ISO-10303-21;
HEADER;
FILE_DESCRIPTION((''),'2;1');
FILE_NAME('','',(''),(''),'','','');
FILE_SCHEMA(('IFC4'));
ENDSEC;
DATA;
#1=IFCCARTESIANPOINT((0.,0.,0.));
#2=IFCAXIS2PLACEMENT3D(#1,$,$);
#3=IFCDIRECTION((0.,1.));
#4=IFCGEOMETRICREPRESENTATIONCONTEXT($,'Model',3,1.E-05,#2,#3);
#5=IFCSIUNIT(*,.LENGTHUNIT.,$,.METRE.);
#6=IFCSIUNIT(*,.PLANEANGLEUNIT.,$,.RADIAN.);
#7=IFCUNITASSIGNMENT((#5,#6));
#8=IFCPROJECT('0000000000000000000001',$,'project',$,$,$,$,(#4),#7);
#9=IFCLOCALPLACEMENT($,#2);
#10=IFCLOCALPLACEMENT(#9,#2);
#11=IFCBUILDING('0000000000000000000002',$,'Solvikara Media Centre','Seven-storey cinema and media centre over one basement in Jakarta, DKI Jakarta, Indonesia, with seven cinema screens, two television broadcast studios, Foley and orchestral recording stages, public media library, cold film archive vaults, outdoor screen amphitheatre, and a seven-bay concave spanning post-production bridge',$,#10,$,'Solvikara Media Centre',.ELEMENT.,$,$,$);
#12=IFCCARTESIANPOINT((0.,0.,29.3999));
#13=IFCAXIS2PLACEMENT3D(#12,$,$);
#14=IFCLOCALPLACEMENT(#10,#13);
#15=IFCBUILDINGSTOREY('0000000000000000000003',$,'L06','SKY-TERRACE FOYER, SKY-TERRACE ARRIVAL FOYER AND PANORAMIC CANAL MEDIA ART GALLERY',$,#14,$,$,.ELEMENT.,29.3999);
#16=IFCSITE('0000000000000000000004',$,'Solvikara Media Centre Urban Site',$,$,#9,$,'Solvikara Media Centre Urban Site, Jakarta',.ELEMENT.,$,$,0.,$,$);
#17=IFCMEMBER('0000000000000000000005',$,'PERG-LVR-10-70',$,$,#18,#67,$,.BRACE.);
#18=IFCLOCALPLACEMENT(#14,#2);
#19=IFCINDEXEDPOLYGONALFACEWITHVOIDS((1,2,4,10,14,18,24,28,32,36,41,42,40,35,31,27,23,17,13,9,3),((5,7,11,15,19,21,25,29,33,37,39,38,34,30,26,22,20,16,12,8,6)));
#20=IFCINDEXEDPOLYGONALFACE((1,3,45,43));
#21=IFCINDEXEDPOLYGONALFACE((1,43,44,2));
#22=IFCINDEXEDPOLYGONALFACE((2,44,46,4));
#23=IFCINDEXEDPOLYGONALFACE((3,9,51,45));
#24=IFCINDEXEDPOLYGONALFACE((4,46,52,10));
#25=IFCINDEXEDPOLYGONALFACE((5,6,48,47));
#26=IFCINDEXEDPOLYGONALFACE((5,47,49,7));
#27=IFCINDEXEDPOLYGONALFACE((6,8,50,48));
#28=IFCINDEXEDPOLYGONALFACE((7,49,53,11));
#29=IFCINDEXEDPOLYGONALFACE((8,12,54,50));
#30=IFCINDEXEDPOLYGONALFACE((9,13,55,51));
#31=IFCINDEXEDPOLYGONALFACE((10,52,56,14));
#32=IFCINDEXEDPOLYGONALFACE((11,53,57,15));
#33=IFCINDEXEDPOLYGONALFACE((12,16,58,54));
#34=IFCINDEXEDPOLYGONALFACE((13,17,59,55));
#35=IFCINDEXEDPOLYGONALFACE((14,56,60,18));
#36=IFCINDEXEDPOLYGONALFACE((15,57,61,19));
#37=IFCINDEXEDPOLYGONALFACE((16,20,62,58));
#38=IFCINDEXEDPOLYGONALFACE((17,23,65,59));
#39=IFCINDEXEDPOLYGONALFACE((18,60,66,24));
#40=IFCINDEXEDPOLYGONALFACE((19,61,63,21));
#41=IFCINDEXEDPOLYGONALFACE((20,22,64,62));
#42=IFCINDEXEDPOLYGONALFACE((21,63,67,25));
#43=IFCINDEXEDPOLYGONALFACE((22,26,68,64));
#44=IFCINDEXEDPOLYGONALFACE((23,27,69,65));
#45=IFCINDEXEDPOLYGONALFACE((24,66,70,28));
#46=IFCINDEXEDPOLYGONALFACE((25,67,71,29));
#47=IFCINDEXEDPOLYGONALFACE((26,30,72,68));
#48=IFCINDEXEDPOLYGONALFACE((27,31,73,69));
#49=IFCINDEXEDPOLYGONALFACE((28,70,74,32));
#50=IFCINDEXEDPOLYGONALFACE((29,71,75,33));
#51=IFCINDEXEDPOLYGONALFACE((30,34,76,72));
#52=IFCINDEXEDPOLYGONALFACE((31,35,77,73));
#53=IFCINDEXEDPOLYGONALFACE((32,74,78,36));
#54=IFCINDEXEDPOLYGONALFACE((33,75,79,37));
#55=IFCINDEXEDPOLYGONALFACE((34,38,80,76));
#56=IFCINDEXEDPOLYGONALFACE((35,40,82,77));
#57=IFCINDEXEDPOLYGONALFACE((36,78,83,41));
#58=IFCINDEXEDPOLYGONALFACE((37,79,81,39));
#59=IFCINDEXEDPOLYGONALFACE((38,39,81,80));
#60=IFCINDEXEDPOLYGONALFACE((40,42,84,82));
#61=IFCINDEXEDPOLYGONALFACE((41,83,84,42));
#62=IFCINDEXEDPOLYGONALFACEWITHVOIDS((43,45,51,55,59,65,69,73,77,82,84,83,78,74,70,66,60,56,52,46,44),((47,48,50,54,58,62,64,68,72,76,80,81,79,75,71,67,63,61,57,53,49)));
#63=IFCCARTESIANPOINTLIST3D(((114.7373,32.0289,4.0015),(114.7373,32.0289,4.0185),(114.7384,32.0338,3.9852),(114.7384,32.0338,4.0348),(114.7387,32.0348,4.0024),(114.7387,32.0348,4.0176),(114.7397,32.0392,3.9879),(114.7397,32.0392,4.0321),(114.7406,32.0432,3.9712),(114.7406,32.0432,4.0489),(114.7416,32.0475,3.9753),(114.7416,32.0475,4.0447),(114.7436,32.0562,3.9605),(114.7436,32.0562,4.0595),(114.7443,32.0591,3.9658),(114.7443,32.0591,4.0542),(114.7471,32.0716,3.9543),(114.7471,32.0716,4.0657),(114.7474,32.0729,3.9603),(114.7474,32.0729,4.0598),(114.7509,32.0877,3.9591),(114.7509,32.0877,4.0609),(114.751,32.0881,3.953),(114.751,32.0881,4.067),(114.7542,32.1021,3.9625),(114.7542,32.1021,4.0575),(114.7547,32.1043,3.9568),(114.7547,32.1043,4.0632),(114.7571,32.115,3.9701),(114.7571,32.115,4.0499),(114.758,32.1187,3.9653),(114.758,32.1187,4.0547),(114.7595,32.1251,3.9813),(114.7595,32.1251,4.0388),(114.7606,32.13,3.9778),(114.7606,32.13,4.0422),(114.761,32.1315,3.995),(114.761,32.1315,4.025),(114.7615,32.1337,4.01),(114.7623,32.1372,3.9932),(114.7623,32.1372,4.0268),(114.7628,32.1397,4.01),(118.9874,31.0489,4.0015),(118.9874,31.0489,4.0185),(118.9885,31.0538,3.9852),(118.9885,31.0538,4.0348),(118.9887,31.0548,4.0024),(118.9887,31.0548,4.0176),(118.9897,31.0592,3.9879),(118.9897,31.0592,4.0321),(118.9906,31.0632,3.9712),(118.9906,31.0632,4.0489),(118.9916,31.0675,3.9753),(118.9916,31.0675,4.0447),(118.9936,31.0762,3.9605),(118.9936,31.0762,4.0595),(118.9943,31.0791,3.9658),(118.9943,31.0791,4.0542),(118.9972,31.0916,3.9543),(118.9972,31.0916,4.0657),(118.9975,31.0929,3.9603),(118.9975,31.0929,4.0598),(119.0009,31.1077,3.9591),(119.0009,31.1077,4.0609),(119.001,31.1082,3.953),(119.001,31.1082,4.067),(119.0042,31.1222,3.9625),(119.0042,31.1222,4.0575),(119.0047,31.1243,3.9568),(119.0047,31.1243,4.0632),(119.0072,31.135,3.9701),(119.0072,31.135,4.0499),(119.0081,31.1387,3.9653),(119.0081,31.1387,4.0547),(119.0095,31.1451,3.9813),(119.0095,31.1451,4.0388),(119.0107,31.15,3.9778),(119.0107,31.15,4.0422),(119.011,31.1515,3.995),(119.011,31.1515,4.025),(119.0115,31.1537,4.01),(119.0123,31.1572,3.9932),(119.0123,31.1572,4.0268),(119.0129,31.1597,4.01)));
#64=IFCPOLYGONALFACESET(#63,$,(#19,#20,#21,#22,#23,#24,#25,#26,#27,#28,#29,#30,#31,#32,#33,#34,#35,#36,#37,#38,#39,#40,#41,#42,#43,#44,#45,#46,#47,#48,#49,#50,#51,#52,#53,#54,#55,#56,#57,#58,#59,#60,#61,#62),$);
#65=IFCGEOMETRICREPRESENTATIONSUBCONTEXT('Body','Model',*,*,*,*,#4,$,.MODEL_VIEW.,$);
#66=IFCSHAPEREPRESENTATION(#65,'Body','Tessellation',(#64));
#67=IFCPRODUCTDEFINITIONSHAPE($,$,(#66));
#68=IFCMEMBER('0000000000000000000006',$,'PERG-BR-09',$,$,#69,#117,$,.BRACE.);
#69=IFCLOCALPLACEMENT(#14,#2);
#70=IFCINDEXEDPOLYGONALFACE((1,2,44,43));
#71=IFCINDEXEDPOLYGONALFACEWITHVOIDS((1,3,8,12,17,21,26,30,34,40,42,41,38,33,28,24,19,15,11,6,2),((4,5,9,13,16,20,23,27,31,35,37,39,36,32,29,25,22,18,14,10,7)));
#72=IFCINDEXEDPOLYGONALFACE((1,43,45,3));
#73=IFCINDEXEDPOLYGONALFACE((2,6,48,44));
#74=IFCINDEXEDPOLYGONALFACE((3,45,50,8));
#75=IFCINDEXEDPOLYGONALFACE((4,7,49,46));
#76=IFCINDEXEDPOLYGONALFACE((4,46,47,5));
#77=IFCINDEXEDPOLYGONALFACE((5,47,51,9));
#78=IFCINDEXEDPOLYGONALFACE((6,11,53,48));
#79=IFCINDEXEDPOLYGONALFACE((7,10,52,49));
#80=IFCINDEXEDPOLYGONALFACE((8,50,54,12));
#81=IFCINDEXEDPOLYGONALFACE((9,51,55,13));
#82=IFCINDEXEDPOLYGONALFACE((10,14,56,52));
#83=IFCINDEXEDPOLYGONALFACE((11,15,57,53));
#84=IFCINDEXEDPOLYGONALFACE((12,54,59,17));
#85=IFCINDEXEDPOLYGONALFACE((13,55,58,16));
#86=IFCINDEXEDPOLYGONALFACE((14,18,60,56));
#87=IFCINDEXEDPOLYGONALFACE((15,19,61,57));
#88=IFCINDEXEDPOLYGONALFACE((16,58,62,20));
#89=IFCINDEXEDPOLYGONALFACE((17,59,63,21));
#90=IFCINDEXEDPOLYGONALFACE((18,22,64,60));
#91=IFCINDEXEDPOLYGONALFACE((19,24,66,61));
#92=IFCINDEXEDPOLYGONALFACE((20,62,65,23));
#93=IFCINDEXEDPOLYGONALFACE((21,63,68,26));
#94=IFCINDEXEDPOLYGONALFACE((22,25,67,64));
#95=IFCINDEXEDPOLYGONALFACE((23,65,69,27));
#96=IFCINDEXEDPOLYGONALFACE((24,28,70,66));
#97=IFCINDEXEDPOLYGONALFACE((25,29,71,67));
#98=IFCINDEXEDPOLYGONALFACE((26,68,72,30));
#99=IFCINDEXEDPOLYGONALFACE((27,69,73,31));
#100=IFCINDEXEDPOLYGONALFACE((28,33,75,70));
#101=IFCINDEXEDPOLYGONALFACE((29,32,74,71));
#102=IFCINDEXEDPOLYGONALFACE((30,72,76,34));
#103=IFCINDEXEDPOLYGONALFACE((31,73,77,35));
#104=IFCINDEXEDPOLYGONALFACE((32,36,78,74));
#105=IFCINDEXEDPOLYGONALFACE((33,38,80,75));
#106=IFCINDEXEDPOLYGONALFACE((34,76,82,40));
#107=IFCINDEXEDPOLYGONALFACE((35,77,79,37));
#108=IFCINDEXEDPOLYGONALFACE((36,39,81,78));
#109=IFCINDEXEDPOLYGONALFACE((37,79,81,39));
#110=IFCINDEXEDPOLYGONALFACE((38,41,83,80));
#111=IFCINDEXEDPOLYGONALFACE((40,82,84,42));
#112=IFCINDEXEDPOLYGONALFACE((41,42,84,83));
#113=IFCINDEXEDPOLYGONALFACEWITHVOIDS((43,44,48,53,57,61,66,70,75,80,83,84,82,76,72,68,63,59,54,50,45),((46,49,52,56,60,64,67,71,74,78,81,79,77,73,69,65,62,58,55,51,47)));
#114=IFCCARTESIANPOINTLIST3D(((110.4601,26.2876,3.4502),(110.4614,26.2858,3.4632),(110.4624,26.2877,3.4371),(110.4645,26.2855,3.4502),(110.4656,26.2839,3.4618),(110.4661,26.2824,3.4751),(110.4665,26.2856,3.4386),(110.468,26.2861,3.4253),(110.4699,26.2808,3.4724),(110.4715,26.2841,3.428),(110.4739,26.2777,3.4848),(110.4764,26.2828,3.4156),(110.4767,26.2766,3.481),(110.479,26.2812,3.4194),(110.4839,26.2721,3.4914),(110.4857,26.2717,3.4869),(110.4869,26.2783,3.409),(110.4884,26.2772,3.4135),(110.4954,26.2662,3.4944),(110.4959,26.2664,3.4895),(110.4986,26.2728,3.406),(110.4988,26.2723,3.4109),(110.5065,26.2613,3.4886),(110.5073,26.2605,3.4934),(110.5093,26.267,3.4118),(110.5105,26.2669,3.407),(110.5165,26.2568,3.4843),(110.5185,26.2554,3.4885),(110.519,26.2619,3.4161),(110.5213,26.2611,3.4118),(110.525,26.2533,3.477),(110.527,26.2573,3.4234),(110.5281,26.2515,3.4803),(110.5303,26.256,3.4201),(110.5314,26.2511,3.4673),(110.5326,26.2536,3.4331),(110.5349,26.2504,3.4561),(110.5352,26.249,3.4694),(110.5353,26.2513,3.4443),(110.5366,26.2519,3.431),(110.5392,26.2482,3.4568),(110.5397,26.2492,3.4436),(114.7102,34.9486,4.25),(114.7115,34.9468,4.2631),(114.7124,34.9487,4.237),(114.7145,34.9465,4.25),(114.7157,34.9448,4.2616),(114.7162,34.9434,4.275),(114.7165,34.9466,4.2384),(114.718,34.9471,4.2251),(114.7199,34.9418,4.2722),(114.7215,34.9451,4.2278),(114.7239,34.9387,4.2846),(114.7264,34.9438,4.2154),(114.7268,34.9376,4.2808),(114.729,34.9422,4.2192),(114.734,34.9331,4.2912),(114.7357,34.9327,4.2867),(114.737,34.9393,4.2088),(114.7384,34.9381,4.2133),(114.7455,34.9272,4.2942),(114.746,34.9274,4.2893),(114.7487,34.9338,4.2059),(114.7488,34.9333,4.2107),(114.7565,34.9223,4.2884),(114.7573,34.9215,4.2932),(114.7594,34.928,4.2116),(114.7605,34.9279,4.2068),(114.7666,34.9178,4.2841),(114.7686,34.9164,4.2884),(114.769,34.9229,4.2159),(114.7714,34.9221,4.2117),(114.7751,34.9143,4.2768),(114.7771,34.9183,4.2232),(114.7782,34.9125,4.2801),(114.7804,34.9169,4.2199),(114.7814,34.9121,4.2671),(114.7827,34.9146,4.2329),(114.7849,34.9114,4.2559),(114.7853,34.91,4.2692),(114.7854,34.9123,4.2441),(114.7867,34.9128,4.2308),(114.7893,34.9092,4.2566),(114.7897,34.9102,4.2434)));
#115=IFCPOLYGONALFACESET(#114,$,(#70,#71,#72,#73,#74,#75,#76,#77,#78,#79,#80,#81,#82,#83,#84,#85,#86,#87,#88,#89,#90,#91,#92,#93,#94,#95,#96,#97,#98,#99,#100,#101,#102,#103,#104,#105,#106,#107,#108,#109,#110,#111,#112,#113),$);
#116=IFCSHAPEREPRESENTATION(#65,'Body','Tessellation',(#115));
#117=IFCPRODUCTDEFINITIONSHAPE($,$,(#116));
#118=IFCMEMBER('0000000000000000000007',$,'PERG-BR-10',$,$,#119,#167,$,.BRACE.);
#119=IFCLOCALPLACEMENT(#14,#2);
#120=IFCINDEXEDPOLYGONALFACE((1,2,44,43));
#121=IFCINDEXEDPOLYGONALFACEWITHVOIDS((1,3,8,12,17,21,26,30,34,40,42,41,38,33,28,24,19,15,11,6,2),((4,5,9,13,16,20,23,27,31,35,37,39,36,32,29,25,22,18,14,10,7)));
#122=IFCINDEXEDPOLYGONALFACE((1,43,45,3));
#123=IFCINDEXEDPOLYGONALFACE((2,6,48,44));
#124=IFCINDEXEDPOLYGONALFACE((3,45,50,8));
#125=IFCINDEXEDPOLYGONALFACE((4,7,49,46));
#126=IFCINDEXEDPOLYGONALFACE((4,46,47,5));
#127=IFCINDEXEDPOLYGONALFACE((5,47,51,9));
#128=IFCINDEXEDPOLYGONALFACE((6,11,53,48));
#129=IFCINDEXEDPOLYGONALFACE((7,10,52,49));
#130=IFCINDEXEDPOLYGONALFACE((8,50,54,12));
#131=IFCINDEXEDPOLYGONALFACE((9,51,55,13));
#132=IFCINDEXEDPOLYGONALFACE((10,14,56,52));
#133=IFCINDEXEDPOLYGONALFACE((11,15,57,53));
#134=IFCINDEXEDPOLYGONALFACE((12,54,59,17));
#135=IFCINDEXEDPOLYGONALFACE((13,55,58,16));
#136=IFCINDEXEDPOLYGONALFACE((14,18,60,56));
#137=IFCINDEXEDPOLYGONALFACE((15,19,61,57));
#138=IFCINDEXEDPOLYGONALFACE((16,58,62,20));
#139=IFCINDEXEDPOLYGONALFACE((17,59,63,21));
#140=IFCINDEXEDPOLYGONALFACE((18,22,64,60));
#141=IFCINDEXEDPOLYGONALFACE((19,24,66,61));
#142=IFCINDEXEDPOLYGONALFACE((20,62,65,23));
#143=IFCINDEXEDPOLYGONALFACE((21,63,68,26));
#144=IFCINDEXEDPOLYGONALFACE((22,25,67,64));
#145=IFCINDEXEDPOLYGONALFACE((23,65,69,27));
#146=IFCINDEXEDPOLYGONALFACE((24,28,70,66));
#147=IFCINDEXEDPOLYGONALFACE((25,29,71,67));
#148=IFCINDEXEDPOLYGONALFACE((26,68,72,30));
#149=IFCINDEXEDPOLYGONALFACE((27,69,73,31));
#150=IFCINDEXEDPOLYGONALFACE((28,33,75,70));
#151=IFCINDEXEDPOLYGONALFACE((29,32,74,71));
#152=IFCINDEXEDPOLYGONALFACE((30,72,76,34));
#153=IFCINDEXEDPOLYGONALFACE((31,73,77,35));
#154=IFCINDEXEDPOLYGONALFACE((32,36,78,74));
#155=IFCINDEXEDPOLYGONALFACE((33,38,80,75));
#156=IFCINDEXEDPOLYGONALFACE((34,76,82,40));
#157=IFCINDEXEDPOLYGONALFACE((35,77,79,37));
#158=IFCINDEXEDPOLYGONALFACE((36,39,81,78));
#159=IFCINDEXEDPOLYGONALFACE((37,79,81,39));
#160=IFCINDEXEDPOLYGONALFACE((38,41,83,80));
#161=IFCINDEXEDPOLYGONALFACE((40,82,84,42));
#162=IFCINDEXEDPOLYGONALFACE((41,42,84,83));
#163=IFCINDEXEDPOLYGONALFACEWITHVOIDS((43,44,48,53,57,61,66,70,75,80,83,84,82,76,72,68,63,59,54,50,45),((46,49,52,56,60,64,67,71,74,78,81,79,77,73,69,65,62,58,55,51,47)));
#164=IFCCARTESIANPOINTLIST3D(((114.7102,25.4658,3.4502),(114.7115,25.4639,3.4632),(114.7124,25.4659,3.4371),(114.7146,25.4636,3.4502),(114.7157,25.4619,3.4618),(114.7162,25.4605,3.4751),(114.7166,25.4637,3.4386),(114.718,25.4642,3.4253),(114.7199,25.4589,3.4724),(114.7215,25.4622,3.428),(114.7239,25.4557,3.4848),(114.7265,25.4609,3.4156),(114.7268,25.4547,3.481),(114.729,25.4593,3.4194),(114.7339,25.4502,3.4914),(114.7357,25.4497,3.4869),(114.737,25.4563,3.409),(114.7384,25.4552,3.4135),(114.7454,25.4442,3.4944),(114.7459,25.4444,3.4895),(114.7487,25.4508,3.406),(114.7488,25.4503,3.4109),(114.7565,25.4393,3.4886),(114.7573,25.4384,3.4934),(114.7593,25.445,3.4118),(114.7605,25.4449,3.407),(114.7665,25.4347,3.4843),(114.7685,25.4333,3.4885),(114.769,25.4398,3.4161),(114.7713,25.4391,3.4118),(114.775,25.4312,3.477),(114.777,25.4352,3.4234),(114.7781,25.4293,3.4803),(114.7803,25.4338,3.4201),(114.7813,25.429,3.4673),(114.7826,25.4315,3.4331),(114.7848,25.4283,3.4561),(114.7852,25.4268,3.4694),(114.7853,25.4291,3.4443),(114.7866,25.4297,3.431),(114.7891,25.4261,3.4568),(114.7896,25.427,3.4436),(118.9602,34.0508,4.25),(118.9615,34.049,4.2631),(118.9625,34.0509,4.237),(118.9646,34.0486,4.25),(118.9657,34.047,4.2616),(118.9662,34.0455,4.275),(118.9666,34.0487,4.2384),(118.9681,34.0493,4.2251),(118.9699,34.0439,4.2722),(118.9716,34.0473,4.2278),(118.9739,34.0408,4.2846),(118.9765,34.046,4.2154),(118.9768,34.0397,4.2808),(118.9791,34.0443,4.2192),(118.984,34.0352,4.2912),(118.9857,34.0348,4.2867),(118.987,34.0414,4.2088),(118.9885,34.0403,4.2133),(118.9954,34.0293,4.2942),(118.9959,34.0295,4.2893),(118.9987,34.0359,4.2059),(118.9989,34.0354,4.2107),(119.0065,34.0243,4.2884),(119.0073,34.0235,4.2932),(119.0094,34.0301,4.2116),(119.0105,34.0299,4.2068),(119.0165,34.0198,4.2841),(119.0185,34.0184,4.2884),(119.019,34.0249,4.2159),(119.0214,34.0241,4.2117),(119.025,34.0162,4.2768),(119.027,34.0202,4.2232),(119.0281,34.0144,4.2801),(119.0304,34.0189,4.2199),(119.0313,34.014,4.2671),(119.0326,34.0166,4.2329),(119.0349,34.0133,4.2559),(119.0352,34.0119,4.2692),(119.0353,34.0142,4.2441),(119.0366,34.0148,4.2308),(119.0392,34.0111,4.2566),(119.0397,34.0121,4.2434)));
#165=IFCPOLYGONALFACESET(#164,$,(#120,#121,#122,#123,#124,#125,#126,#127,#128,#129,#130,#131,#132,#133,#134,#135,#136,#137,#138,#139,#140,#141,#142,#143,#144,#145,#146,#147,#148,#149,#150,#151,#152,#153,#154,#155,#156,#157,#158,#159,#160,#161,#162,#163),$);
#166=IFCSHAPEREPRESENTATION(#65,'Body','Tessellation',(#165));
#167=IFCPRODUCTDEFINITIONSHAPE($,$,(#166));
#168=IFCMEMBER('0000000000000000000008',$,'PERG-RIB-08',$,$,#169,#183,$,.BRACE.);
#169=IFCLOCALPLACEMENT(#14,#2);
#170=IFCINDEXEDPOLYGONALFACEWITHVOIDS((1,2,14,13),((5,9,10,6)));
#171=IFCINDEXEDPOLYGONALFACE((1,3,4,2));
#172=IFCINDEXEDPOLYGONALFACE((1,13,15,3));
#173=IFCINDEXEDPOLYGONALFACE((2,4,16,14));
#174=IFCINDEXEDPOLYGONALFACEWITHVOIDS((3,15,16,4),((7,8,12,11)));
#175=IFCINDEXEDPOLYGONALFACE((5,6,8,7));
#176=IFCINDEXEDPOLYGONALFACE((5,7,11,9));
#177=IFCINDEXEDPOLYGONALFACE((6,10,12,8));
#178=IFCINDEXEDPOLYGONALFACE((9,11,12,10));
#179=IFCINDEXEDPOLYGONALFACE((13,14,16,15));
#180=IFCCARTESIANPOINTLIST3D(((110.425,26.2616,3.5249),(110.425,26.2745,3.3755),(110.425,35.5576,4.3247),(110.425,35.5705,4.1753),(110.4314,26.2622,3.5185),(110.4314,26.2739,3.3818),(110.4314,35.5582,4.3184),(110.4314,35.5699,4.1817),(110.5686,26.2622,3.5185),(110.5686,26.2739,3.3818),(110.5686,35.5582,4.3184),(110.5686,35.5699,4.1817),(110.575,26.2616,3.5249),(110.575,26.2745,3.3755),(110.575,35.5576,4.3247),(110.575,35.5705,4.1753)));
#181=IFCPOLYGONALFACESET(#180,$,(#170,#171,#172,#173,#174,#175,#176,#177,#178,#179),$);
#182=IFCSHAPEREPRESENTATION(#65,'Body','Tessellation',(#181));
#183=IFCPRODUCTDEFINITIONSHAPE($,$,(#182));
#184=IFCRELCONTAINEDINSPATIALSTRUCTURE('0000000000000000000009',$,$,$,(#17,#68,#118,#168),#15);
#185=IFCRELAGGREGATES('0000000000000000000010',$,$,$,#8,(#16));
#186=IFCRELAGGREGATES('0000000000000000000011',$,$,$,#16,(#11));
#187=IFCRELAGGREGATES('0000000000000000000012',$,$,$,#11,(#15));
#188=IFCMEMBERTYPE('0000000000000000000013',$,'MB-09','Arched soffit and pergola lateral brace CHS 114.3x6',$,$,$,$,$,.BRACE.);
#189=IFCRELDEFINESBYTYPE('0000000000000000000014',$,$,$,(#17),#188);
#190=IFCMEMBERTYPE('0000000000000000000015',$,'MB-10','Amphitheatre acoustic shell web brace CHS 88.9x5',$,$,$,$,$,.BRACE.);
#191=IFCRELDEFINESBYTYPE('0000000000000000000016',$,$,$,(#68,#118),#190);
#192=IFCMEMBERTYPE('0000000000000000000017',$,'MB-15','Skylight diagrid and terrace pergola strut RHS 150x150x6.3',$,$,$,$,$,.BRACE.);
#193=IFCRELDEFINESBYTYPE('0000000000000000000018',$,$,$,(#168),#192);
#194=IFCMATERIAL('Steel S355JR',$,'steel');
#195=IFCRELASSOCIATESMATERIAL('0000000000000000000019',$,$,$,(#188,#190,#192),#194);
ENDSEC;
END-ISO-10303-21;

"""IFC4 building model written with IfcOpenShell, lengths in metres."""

from ifc_helpers import new_model, si_unit, direction, frame, origin, origin_2d, place, context, subcontext, project, spatial, hollow_rectangle, hollow_circle, extrude, material, material_profile, profile_set, type_object, element, save


model = new_model("IFC4")

# Units and contexts
model_context = context("Model", 3, precision=1e-05, world=origin(), true_north=direction((0.0, 1.0)))
body_context = subcontext(model_context, "Body", "Model", "MODEL_VIEW")
ifc_project = project(units=[si_unit("LENGTHUNIT", "METRE"), si_unit("PLANEANGLEUNIT", "RADIAN")], contexts=[model_context])

# Site, building, storey
site_placement = place(None, origin())
site = spatial("IfcSite", under=ifc_project, at=site_placement, Name="Solvikara Media Centre Urban Site", LongName="Solvikara Media Centre Urban Site, Jakarta", CompositionType="ELEMENT", RefElevation=0.0)
building_placement = place(site_placement, origin())
building = spatial("IfcBuilding", under=site, at=building_placement, Name="Solvikara Media Centre", Description="Seven-storey cinema and media centre over one basement in Jakarta, DKI Jakarta, Indonesia, with seven cinema screens, two television broadcast studios, Foley and orchestral recording stages, public media library, cold film archive vaults, outdoor screen amphitheatre, and a seven-bay concave spanning post-production bridge", LongName="Solvikara Media Centre", CompositionType="ELEMENT")
storey_placement = place(building_placement, frame((0.0, 0.0, 29.3999)))
storey = spatial("IfcBuildingStorey", under=building, at=storey_placement, Name="L06", Description="SKY-TERRACE FOYER, SKY-TERRACE ARRIVAL FOYER AND PANORAMIC CANAL MEDIA ART GALLERY", CompositionType="ELEMENT", Elevation=29.3999)

# Shared definitions
ifc_material_1 = material(Name="Steel S355JR", Category="steel")

# Members
ifc_material_profile_1 = material_profile(ifc_material_1, hollow_circle(Radius=0.0571, WallThickness=0.0061, at=origin_2d()), Name="CHS 114.3x6")
ifc_profile_set_1 = profile_set([ifc_material_profile_1], Name="Steel S355JR")
member_type_1 = type_object("IfcMemberType", Name="MB-09", Description="Arched soffit and pergola lateral brace CHS 114.3x6", PredefinedType="BRACE", material=ifc_profile_set_1)
member_1_placement = place(storey_placement, frame((114.75, 32.084, 4.01), z_axis=(0.974431, -0.224688, 0.0), x_axis=(0.224688, 0.974431, 0.0)))
element("IfcMember", 1, at=member_1_placement, inside=storey, type_object=member_type_1, Name="PERG-LVR-10-70", PredefinedType="BRACE", context=body_context, shape_type="SweptSolid", body=[
    extrude(hollow_circle(Radius=0.0571, WallThickness=0.0061, at=origin_2d()), origin(), (0.0, 0.0, 1.0), 4.3616),
])
ifc_material_profile_2 = material_profile(ifc_material_1, hollow_circle(Radius=0.0444, WallThickness=0.0049, at=origin_2d()), Name="CHS 88.9x5")
ifc_profile_set_2 = profile_set([ifc_material_profile_2], Name="Steel S355JR")
member_type_2 = type_object("IfcMemberType", Name="MB-10", Description="Amphitheatre acoustic shell web brace CHS 88.9x5", PredefinedType="BRACE", material=ifc_profile_set_2)
member_2_placement = place(storey_placement, frame((110.5, 26.2681, 3.4502), z_axis=(0.439024, 0.894668, 0.08262), x_axis=(-0.897738, 0.44053, 0.0)))
element("IfcMember", 2, at=member_2_placement, inside=storey, type_object=member_type_2, Name="PERG-BR-09", PredefinedType="BRACE", context=body_context, shape_type="SweptSolid", body=[
    extrude(hollow_circle(Radius=0.0444, WallThickness=0.0049, at=origin_2d()), origin(), (0.0, 0.0, 1.0), 9.6807),
])
member_3_placement = place(storey_placement, frame((114.75, 25.446, 3.4502), z_axis=(0.442124, 0.893087, 0.083203), x_axis=(-0.896194, 0.443662, 0.0)))
element("IfcMember", 3, at=member_3_placement, inside=storey, type_object=member_type_2, Name="PERG-BR-10", PredefinedType="BRACE", context=body_context, shape_type="SweptSolid", body=[
    extrude(hollow_circle(Radius=0.0444, WallThickness=0.0049, at=origin_2d()), origin(), (0.0, 0.0, 1.0), 9.6128),
])
ifc_material_profile_3 = material_profile(ifc_material_1, hollow_rectangle(XDim=0.1499, YDim=0.1499, WallThickness=0.0063, at=origin_2d()), Name="RHS 150x150x6.3")
ifc_profile_set_3 = profile_set([ifc_material_profile_3], Name="Steel S355JR")
member_type_3 = type_object("IfcMemberType", Name="MB-15", Description="Skylight diagrid and terrace pergola strut RHS 150x150x6.3", PredefinedType="BRACE", material=ifc_profile_set_3)
member_4_placement = place(storey_placement, frame((110.5, 26.2681, 3.4502), z_axis=(0.0, 0.996319, 0.085722), x_axis=(-1.0, 0.0, 0.0)))
element("IfcMember", 4, at=member_4_placement, inside=storey, type_object=member_type_3, Name="PERG-RIB-08", PredefinedType="BRACE", context=body_context, shape_type="SweptSolid", body=[
    extrude(hollow_rectangle(XDim=0.1499, YDim=0.1499, WallThickness=0.0063, at=origin_2d()), origin(), (0.0, 0.0, 1.0), 9.3303),
])

save(model, "model.ifc")
